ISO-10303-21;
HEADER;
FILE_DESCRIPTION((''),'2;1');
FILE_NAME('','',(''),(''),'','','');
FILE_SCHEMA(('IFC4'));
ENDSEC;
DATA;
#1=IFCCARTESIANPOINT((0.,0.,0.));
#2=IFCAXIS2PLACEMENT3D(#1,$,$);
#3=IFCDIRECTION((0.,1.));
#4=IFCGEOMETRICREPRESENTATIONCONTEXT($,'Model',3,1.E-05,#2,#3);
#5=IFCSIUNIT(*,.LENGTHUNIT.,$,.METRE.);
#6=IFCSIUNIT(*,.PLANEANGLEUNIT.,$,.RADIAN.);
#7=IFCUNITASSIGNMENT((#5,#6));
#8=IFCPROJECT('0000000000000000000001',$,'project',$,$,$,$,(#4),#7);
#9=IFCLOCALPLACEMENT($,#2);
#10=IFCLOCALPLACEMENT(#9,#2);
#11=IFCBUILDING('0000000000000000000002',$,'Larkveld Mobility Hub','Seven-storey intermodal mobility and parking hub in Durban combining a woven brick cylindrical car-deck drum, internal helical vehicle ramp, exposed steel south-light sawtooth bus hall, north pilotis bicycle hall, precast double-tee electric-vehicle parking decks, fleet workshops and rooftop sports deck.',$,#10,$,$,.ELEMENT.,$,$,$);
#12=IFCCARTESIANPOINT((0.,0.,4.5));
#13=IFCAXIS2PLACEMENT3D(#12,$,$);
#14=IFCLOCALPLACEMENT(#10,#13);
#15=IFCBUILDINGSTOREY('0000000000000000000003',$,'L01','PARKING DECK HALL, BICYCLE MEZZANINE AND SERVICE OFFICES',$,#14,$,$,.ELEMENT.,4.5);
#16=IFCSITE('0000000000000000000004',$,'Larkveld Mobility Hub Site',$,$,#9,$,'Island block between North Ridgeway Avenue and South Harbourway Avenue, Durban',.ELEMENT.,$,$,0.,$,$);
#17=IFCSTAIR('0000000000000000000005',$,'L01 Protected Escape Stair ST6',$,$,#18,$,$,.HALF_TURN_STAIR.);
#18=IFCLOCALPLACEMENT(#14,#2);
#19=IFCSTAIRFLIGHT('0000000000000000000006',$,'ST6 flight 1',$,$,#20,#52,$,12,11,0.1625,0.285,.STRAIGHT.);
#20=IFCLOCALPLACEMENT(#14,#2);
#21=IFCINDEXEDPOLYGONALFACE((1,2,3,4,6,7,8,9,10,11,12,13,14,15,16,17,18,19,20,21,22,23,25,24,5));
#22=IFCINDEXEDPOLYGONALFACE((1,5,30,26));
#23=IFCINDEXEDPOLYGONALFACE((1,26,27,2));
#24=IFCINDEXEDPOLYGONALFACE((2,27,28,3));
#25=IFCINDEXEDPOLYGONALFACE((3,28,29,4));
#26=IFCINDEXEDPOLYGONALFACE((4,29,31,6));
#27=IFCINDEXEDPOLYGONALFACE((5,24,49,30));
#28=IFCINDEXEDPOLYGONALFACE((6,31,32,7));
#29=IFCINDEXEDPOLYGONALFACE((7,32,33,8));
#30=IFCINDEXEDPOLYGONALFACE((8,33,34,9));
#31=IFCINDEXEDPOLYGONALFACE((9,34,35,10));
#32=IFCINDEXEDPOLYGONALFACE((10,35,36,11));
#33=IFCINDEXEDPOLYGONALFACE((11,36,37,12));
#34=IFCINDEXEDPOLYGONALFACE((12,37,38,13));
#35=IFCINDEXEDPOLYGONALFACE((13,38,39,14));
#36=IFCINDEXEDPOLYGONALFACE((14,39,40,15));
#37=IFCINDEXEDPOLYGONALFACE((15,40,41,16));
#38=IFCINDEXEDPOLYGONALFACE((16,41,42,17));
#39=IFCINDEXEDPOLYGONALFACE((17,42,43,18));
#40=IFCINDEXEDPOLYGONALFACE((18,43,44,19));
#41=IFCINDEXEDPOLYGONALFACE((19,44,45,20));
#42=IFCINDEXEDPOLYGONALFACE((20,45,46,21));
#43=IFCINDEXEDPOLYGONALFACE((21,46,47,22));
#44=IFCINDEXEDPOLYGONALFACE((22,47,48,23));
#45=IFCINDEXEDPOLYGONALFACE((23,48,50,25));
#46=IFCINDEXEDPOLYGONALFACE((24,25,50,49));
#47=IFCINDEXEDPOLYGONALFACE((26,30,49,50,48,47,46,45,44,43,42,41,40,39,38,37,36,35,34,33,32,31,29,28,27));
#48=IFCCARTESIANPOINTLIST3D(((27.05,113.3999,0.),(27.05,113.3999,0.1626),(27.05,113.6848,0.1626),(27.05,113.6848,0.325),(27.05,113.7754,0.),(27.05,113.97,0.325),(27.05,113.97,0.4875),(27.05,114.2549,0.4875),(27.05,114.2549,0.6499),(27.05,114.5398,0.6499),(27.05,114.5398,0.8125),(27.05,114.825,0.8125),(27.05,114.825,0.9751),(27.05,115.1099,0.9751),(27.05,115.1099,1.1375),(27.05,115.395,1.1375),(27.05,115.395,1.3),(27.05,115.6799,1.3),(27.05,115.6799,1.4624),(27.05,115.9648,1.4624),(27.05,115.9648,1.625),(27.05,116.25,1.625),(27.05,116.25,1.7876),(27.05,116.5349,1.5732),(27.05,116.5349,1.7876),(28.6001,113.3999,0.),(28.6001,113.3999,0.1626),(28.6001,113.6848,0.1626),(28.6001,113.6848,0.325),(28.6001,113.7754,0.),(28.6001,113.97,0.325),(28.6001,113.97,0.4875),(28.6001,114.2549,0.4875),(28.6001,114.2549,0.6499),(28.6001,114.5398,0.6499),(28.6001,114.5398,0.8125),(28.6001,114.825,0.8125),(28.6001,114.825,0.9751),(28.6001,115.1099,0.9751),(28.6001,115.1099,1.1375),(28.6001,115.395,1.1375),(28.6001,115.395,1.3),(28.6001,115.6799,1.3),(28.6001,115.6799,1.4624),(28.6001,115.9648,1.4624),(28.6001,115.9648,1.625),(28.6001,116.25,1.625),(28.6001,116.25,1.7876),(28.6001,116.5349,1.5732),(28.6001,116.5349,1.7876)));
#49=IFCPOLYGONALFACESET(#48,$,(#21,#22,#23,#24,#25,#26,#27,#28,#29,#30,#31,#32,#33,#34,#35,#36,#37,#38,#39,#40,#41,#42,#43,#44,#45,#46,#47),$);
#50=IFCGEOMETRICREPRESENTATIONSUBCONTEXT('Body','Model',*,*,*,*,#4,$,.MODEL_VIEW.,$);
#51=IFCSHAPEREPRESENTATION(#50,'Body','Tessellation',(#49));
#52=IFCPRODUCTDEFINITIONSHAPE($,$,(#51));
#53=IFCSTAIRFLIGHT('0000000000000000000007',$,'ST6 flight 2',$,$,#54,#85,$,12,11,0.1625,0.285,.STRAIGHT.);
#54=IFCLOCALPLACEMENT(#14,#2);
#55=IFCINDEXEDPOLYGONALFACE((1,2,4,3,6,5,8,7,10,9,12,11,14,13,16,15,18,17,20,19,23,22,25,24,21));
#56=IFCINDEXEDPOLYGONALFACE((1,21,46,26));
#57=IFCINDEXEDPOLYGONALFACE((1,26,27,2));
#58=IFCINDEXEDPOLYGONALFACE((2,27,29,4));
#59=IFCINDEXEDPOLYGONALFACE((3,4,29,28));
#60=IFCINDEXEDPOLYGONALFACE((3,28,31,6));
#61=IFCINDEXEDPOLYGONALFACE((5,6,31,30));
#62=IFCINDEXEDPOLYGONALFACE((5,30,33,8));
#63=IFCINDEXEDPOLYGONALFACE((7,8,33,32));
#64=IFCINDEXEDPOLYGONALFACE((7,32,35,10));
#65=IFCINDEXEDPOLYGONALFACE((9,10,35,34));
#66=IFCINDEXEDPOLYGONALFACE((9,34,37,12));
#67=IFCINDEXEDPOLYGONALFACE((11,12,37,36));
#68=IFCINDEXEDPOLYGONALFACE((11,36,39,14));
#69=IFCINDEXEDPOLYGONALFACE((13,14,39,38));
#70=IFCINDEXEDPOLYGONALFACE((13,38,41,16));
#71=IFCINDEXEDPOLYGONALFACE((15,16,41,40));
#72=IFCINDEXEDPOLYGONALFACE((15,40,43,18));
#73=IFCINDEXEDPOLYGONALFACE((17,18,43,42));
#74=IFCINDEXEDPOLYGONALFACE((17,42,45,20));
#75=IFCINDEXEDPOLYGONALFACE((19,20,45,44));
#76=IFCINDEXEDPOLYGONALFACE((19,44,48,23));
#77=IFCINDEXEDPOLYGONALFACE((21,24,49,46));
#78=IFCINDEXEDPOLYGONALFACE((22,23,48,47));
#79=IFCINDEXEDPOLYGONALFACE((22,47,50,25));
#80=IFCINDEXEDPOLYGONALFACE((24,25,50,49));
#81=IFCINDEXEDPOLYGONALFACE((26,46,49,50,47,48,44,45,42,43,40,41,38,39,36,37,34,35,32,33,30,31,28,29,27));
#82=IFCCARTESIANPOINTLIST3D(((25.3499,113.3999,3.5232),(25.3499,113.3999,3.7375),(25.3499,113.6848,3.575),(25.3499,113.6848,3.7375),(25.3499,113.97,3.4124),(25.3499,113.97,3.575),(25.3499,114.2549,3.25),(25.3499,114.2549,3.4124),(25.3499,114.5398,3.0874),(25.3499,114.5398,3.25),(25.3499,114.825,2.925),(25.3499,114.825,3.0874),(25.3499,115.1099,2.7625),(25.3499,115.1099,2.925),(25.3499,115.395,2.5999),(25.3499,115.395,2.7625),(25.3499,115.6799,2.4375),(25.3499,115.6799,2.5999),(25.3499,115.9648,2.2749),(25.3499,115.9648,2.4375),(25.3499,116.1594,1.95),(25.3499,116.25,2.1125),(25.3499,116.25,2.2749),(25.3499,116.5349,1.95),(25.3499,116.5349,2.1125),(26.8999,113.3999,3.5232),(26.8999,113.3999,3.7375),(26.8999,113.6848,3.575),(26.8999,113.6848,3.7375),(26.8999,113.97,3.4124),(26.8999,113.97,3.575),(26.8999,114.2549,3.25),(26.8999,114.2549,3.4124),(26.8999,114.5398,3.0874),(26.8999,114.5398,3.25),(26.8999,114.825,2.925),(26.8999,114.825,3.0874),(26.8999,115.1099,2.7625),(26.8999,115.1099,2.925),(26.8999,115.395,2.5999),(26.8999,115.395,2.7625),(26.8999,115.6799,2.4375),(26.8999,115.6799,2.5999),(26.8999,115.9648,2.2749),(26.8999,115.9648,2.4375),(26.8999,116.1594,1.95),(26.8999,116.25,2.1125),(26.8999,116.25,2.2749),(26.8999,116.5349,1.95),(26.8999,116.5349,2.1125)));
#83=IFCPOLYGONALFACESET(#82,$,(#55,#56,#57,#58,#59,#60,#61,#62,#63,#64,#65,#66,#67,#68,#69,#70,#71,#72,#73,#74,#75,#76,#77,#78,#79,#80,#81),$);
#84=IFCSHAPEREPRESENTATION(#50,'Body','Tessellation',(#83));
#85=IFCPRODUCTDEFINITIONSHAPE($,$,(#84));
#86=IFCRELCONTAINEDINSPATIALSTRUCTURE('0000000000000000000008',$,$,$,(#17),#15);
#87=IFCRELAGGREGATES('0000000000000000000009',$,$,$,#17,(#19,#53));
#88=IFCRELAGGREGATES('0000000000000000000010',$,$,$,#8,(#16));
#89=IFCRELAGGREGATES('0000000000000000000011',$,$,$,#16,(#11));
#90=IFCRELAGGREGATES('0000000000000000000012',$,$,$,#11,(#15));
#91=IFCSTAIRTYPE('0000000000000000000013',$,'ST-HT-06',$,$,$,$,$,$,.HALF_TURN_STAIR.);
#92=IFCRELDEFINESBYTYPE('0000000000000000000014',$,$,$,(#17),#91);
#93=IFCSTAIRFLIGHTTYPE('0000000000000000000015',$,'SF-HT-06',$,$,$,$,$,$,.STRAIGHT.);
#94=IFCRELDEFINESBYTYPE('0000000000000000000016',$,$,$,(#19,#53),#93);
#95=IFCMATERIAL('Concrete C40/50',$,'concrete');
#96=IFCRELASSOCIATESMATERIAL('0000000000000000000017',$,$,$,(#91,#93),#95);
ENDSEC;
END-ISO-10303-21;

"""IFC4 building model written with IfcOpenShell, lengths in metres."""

from ifc_helpers import new_model, si_unit, direction, frame, origin, place, context, subcontext, project, spatial, polyline, outline, extrude, material, type_object, element, aggregate, save


model = new_model("IFC4")

# Units and contexts
model_context = context("Model", 3, precision=1e-05, world=origin(), true_north=direction((0.0, 1.0)))
body_context = subcontext(model_context, "Body", "Model", "MODEL_VIEW")
ifc_project = project(units=[si_unit("LENGTHUNIT", "METRE"), si_unit("PLANEANGLEUNIT", "RADIAN")], contexts=[model_context])

# Site, building, storey
site_placement = place(None, origin())
site = spatial("IfcSite", under=ifc_project, at=site_placement, Name="Larkveld Mobility Hub Site", LongName="Island block between North Ridgeway Avenue and South Harbourway Avenue, Durban", CompositionType="ELEMENT", RefElevation=0.0)
building_placement = place(site_placement, origin())
building = spatial("IfcBuilding", under=site, at=building_placement, Name="Larkveld Mobility Hub", Description="Seven-storey intermodal mobility and parking hub in Durban combining a woven brick cylindrical car-deck drum, internal helical vehicle ramp, exposed steel south-light sawtooth bus hall, north pilotis bicycle hall, precast double-tee electric-vehicle parking decks, fleet workshops and rooftop sports deck.", CompositionType="ELEMENT")
storey_placement = place(building_placement, frame((0.0, 0.0, 4.5)))
storey = spatial("IfcBuildingStorey", under=building, at=storey_placement, Name="L01", Description="PARKING DECK HALL, BICYCLE MEZZANINE AND SERVICE OFFICES", CompositionType="ELEMENT", Elevation=4.5)

# Shared definitions
ifc_material_1 = material(Name="Concrete C40/50", Category="concrete")

# Stair, stair flights
stair_type = type_object("IfcStairType", Name="ST-HT-06", PredefinedType="HALF_TURN_STAIR", material=ifc_material_1)
stair_placement = place(storey_placement, origin())
stair = element("IfcStair", 1, at=stair_placement, inside=storey, type_object=stair_type, Name="L01 Protected Escape Stair ST6", PredefinedType="HALF_TURN_STAIR")
stair_flight_type = type_object("IfcStairFlightType", Name="SF-HT-06", PredefinedType="STRAIGHT", material=ifc_material_1)
stair_flight_1_placement = place(storey_placement, frame((27.825, 113.3999, 0.0), z_axis=(0.0, 0.0, 1.0), x_axis=(0.0, 1.0, 0.0)))
stair_flight_1 = element("IfcStairFlight", 2, at=stair_flight_1_placement, type_object=stair_flight_type, Name="ST6 flight 1", NumberOfRisers=12, NumberOfTreads=11, PredefinedType="STRAIGHT", RiserHeight=0.1625, TreadLength=0.285, context=body_context, shape_type="SweptSolid", body=[
    extrude(outline(polyline([(0.0, 0.0), (0.0, 0.1626), (0.2849, 0.1626), (0.2849, 0.325), (0.5701, 0.325), (0.5701, 0.4875), (0.855, 0.4875), (0.855, 0.6499), (1.1399, 0.6499), (1.1399, 0.8125), (1.425, 0.8125), (1.425, 0.9751), (1.71, 0.9751), (1.71, 1.1375), (1.9951, 1.1375), (1.9951, 1.3), (2.28, 1.3), (2.28, 1.4624), (2.5649, 1.4624), (2.5649, 1.625), (2.8501, 1.625), (2.8501, 1.7876), (3.135, 1.7876), (3.135, 1.95), (3.135, 1.5732), (0.3755, 0.0), (0.0, 0.0)])), frame((0.0, 0.7749, 0.0), z_axis=(0.0, -1.0, 0.0), x_axis=(1.0, 0.0, 0.0)), (0.0, 0.0, 1.0), 1.55),
])
stair_flight_2_placement = place(storey_placement, frame((26.125, 116.5349, 1.95), z_axis=(0.0, 0.0, 1.0), x_axis=(0.0, -1.0, 0.0)))
stair_flight_2 = element("IfcStairFlight", 3, at=stair_flight_2_placement, type_object=stair_flight_type, Name="ST6 flight 2", NumberOfRisers=12, NumberOfTreads=11, PredefinedType="STRAIGHT", RiserHeight=0.1625, TreadLength=0.285, context=body_context, shape_type="SweptSolid", body=[
    extrude(outline(polyline([(0.0, 0.0), (0.0, 0.1626), (0.2849, 0.1626), (0.2849, 0.325), (0.5701, 0.325), (0.5701, 0.4875), (0.855, 0.4875), (0.855, 0.6499), (1.1399, 0.6499), (1.1399, 0.8125), (1.425, 0.8125), (1.425, 0.9751), (1.71, 0.9751), (1.71, 1.1375), (1.9951, 1.1375), (1.9951, 1.3), (2.28, 1.3), (2.28, 1.4624), (2.5649, 1.4624), (2.5649, 1.625), (2.8501, 1.625), (2.8501, 1.7876), (3.135, 1.7876), (3.135, 1.95), (3.135, 1.5732), (0.3755, 0.0), (0.0, 0.0)])), frame((0.0, 0.7749, 0.0), z_axis=(0.0, -1.0, 0.0), x_axis=(1.0, 0.0, 0.0)), (0.0, 0.0, 1.0), 1.55),
])
aggregate(stair, [stair_flight_1, stair_flight_2])

save(model, "model.ifc")
